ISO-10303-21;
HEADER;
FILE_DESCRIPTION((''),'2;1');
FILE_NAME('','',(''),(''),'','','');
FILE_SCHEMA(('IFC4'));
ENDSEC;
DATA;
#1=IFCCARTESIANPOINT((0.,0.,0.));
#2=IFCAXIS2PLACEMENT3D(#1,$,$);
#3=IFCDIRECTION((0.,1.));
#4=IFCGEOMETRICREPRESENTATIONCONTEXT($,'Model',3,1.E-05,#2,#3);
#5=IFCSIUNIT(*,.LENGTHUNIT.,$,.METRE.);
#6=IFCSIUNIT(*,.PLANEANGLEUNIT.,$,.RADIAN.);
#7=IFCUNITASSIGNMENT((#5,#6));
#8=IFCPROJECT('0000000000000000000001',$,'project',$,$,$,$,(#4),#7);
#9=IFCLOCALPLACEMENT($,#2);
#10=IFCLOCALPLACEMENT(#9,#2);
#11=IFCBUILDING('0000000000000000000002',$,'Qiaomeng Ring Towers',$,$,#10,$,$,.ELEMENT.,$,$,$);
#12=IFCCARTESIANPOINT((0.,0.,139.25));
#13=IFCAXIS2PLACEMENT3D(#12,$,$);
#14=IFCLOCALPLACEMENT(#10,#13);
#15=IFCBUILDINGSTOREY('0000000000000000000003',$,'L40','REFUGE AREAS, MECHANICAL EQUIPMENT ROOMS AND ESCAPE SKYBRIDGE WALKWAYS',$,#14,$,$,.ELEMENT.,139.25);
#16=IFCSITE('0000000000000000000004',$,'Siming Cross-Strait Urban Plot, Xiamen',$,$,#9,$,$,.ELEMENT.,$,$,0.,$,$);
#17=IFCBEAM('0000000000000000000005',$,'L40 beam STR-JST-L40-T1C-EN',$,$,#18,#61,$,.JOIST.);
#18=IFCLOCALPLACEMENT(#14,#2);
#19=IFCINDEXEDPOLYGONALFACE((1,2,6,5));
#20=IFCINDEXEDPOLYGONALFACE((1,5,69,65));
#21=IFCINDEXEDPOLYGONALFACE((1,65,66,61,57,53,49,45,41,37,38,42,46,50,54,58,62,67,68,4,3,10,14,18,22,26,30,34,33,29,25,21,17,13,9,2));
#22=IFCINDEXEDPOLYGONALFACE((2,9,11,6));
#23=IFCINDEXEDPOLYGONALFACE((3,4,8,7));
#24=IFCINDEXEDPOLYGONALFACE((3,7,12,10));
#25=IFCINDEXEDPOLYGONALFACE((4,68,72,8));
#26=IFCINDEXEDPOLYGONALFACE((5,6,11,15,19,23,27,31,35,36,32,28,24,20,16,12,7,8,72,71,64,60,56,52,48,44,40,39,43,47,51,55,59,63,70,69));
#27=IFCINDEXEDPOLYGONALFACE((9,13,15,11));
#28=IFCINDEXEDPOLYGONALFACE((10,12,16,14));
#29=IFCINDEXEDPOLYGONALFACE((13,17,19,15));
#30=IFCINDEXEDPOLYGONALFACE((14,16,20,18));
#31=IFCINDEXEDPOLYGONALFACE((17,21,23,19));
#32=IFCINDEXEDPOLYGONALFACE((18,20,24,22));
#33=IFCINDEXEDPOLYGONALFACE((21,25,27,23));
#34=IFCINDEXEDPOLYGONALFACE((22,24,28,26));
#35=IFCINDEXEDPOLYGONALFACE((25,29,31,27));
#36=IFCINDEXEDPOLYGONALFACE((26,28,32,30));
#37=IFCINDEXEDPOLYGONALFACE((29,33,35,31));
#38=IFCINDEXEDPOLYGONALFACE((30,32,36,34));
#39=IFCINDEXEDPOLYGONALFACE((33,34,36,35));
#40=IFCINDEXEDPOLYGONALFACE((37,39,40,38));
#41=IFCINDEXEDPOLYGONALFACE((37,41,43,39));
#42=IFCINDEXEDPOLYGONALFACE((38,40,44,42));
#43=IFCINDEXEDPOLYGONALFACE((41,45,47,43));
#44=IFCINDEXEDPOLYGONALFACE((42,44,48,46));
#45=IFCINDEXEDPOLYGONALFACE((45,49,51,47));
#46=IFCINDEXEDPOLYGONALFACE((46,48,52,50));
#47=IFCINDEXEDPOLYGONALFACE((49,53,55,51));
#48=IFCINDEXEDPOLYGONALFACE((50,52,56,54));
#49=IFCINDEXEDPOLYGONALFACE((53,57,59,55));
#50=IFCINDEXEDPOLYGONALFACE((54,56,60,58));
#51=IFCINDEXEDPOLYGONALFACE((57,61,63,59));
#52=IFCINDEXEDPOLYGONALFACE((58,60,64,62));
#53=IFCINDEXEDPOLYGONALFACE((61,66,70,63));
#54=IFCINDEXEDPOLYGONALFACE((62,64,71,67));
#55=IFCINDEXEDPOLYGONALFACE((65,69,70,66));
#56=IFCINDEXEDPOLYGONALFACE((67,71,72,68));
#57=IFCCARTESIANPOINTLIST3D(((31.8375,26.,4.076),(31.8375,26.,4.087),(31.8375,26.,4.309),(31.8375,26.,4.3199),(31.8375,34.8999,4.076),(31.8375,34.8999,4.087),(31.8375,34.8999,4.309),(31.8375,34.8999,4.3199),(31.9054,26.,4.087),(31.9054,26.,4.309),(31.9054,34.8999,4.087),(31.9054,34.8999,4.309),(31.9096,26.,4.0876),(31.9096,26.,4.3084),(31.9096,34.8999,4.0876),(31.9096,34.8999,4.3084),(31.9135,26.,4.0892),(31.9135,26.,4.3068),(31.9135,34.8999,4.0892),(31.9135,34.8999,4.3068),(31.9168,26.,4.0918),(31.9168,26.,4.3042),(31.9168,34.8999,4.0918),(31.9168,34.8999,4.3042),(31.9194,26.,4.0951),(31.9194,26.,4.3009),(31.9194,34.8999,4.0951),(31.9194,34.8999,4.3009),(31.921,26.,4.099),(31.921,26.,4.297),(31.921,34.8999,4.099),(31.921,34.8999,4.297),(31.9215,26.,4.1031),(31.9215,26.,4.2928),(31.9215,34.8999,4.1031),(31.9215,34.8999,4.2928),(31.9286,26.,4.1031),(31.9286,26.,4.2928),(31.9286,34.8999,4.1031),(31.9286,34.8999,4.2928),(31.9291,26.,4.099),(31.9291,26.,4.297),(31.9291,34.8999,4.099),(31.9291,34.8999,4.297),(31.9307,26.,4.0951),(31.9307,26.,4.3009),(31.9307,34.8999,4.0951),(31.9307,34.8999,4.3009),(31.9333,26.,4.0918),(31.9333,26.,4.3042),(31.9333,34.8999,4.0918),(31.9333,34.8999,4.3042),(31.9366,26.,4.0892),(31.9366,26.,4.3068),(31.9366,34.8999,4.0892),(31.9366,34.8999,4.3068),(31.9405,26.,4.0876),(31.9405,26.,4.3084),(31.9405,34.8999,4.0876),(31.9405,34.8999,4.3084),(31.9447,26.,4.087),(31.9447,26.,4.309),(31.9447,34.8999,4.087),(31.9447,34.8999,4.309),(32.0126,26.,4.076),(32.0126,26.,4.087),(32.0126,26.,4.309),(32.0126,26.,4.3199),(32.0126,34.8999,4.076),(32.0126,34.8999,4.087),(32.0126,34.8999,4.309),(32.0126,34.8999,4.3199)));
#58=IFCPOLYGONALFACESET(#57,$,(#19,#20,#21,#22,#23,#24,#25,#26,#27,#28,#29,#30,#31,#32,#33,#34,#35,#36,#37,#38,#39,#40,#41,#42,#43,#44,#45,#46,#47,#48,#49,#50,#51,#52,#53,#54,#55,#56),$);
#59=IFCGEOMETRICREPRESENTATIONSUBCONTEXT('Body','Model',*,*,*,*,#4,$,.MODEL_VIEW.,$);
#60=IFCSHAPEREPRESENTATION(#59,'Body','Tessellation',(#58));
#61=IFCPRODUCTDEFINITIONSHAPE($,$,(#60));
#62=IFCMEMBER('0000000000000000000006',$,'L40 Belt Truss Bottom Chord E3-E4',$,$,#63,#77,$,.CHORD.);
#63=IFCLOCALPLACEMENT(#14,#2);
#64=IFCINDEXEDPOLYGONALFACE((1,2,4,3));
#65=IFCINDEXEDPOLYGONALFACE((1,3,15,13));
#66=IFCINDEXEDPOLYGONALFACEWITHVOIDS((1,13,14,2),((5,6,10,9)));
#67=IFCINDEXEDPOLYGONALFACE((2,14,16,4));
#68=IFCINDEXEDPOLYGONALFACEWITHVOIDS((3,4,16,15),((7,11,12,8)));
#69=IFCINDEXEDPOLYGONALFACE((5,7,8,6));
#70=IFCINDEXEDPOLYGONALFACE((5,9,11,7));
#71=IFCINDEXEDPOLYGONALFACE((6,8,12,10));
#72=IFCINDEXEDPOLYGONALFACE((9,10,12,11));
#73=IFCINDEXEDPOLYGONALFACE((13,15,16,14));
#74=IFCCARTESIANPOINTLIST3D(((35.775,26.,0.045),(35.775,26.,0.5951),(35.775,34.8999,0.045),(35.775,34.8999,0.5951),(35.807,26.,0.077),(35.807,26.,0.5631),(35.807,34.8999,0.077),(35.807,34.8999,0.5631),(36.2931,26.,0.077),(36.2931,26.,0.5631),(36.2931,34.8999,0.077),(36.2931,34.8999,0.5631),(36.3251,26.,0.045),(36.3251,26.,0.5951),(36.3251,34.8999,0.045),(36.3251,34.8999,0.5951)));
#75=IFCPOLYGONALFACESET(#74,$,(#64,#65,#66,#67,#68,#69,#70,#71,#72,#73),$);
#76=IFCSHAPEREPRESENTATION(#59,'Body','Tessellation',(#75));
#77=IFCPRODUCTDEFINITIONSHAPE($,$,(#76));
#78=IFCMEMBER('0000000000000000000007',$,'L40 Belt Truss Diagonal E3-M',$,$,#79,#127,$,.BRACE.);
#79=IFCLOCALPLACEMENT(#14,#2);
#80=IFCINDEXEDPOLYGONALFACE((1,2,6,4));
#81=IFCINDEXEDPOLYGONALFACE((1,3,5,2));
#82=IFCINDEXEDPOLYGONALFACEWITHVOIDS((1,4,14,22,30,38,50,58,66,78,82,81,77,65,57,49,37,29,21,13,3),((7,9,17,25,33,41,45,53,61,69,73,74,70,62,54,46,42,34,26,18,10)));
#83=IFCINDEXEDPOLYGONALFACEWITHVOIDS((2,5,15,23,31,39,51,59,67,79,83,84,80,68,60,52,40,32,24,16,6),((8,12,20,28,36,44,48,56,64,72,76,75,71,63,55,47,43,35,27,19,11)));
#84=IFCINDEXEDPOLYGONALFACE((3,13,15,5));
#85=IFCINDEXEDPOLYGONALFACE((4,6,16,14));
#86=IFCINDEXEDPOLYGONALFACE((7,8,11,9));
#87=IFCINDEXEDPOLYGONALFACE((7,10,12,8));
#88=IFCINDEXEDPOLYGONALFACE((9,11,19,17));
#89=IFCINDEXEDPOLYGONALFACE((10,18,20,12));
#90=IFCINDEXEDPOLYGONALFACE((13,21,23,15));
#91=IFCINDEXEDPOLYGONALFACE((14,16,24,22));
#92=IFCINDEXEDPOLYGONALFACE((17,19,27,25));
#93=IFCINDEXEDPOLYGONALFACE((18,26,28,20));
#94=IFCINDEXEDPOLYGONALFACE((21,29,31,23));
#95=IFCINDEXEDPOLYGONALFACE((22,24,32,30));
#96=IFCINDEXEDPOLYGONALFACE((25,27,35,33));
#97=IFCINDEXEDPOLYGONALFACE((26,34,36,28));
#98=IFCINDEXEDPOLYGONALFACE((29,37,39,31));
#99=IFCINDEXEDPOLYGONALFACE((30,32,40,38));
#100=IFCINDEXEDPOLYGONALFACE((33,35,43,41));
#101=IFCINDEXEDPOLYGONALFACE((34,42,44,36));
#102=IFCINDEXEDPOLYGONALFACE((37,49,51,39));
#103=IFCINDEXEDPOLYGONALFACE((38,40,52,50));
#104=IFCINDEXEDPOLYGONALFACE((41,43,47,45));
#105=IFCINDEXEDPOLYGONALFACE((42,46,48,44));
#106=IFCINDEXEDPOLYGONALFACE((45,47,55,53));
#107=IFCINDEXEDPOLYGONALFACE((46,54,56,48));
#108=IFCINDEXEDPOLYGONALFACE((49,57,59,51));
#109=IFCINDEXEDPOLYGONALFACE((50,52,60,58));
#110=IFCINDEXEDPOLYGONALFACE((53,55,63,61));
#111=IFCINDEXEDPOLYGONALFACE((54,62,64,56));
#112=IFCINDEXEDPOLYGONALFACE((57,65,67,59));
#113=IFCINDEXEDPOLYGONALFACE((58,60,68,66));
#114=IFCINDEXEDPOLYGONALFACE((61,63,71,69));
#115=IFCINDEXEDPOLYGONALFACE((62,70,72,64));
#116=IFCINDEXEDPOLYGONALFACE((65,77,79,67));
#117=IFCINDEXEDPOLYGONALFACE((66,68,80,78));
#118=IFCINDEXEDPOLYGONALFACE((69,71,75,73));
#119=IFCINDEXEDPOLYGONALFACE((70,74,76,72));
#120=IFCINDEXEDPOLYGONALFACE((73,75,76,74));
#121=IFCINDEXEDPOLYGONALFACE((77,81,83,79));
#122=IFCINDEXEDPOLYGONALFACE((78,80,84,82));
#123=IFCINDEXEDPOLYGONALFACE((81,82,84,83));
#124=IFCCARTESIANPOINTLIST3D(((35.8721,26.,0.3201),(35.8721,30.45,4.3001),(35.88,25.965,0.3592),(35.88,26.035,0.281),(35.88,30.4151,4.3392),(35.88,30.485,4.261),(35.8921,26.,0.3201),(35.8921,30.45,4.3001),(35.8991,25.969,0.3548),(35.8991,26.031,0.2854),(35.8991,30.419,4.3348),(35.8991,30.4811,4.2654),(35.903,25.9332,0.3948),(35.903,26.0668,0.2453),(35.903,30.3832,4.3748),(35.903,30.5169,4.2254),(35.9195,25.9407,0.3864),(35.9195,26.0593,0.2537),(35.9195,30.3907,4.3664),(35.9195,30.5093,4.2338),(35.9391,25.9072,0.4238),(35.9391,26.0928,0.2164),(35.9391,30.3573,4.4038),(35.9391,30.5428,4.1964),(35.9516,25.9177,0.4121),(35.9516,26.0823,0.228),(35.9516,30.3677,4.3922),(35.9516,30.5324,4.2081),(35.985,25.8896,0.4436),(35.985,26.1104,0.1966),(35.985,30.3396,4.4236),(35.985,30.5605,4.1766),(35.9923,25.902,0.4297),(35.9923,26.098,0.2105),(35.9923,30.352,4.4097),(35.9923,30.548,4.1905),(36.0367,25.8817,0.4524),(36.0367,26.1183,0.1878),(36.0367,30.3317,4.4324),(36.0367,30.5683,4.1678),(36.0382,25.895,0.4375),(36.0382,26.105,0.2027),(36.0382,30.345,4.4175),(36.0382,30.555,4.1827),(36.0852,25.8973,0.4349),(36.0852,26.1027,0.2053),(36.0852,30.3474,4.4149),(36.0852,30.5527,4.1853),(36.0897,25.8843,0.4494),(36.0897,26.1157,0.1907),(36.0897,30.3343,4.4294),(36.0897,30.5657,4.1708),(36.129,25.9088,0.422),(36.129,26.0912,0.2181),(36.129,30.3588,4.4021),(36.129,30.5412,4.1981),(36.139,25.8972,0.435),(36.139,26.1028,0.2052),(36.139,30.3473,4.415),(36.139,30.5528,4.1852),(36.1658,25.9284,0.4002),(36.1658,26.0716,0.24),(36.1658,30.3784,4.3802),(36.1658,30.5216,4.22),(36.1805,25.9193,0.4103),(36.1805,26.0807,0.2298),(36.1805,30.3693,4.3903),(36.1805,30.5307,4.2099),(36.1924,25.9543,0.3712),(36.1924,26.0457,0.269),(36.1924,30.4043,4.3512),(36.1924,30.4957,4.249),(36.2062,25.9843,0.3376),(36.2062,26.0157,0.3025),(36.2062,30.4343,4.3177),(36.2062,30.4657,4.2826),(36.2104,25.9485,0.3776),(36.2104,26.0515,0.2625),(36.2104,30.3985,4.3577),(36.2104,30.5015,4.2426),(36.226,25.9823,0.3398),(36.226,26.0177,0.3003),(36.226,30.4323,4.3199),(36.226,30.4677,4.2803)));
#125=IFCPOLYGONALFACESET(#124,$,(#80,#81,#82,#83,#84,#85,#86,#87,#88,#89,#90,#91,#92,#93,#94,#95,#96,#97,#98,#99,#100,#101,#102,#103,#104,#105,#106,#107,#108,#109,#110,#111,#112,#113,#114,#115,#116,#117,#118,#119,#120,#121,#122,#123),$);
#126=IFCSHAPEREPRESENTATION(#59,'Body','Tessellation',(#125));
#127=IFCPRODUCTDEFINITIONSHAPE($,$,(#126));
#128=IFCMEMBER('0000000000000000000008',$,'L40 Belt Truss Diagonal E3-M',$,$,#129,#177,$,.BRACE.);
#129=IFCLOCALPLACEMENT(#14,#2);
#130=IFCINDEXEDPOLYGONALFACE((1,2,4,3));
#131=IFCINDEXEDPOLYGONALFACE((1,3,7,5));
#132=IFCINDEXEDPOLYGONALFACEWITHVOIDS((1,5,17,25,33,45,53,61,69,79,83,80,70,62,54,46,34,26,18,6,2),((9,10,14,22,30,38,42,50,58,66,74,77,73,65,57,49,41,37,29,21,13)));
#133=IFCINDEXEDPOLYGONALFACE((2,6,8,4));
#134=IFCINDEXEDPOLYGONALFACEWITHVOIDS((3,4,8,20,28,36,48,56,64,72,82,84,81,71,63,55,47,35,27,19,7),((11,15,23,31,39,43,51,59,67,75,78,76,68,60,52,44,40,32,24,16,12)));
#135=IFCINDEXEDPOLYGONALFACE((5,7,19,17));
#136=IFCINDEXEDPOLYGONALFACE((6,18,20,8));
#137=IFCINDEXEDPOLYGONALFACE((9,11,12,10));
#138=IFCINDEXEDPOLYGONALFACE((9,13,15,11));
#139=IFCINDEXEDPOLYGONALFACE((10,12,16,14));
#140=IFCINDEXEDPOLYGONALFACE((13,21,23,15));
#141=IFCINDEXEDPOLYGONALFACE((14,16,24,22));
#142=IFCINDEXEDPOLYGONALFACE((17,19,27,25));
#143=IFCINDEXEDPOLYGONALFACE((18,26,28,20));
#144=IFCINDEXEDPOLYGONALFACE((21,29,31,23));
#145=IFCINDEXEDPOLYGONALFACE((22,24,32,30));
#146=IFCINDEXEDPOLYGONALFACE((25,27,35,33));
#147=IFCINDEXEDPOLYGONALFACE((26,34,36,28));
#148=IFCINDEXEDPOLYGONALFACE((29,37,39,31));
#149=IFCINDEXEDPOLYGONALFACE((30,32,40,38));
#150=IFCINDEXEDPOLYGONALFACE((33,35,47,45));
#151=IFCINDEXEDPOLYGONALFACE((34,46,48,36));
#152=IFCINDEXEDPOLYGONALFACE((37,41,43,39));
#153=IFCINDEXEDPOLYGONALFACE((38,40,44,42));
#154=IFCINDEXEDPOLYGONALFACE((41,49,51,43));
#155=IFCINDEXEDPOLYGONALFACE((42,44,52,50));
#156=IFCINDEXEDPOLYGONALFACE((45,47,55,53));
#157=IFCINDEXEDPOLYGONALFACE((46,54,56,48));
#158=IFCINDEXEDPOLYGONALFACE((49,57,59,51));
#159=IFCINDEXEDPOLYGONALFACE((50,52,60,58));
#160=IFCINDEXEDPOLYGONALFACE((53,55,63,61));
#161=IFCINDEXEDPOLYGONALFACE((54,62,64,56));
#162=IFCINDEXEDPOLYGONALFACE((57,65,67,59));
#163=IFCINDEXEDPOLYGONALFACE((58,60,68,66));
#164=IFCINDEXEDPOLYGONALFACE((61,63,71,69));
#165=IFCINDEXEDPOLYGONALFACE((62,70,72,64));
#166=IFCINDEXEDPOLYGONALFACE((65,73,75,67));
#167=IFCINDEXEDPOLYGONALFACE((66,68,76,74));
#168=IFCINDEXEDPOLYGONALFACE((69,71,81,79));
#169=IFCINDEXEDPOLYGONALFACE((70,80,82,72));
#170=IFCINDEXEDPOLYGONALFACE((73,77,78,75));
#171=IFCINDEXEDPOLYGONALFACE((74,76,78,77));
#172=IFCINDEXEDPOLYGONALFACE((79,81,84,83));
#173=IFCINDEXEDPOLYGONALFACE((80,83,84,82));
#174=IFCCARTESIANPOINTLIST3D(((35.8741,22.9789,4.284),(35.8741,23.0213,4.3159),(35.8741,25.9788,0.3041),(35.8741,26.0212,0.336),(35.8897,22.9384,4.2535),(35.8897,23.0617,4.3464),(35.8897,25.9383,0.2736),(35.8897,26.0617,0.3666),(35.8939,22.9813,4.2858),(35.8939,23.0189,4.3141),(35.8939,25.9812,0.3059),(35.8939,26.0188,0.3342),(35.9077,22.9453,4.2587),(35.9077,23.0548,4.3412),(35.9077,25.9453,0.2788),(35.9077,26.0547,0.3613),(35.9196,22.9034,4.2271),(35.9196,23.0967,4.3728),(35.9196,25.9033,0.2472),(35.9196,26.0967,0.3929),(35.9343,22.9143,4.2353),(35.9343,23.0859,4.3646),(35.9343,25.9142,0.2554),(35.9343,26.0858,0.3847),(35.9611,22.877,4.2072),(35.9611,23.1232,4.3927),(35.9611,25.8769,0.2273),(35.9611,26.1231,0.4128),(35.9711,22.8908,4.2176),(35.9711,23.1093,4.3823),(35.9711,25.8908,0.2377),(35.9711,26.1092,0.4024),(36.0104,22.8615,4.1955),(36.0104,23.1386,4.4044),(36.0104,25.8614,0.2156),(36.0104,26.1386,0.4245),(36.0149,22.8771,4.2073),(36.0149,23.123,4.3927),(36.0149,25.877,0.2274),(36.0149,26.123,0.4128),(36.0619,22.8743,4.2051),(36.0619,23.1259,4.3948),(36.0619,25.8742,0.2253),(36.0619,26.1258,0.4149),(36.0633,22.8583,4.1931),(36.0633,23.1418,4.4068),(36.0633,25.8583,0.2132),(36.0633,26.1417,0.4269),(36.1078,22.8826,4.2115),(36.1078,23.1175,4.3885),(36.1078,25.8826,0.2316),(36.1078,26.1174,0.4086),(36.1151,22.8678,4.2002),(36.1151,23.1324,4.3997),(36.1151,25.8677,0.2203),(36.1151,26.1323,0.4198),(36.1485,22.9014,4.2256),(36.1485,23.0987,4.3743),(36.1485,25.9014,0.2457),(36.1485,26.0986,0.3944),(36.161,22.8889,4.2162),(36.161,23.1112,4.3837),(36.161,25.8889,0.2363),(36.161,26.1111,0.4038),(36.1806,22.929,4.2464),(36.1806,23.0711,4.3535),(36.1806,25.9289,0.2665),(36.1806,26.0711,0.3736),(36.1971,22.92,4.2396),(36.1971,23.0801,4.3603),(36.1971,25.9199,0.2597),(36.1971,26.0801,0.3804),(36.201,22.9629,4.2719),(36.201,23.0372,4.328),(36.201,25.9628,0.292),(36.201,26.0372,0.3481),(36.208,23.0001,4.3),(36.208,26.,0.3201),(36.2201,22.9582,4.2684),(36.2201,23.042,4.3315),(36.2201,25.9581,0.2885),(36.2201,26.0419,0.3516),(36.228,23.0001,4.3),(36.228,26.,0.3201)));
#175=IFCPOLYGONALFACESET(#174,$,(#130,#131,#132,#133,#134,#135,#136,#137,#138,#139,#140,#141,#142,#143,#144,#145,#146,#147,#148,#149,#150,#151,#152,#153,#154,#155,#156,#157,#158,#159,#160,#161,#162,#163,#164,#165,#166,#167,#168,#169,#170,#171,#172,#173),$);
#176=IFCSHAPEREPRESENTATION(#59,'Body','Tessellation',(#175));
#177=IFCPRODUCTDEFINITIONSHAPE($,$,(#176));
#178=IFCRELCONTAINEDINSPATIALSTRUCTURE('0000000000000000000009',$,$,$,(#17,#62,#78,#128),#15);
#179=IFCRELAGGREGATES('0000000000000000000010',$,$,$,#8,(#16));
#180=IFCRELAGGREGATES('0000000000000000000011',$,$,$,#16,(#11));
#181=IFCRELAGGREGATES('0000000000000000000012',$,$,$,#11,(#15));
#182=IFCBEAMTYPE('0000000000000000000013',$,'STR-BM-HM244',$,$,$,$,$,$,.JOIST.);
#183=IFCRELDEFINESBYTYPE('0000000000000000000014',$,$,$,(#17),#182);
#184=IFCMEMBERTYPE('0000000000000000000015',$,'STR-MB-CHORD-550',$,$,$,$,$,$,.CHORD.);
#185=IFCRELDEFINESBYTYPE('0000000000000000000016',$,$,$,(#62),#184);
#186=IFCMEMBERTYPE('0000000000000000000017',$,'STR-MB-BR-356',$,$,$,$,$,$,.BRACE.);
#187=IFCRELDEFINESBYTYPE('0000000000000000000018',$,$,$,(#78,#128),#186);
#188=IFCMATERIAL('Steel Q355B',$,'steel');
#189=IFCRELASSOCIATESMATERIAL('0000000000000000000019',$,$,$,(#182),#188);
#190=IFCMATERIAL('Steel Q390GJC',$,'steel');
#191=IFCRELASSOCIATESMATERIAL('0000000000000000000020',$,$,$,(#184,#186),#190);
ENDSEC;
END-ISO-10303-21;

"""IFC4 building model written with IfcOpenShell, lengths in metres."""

from ifc_helpers import new_model, si_unit, direction, frame, origin, origin_2d, place, context, subcontext, project, spatial, hollow_rectangle, hollow_circle, i_section, extrude, source, transform, mapped, material, material_profile, profile_set, type_object, element, save


model = new_model("IFC4")

# Units and contexts
model_context = context("Model", 3, precision=1e-05, world=origin(), true_north=direction((0.0, 1.0)))
body_context = subcontext(model_context, "Body", "Model", "MODEL_VIEW")
ifc_project = project(units=[si_unit("LENGTHUNIT", "METRE"), si_unit("PLANEANGLEUNIT", "RADIAN")], contexts=[model_context])

# Site, building, storey
site_placement = place(None, origin())
site = spatial("IfcSite", under=ifc_project, at=site_placement, Name="Siming Cross-Strait Urban Plot, Xiamen", CompositionType="ELEMENT", RefElevation=0.0)
building_placement = place(site_placement, origin())
building = spatial("IfcBuilding", under=site, at=building_placement, Name="Qiaomeng Ring Towers", CompositionType="ELEMENT")
storey_placement = place(building_placement, frame((0.0, 0.0, 139.25)))
storey = spatial("IfcBuildingStorey", under=building, at=storey_placement, Name="L40", Description="REFUGE AREAS, MECHANICAL EQUIPMENT ROOMS AND ESCAPE SKYBRIDGE WALKWAYS", CompositionType="ELEMENT", Elevation=139.25)

# Shared definitions
ifc_material_1 = material(Name="Steel Q390GJC", Category="steel")

# Beam
ifc_material_2 = material(Name="Steel Q355B", Category="steel")
ifc_material_profile_1 = material_profile(ifc_material_2, i_section(OverallWidth=0.175, OverallDepth=0.2439, WebThickness=0.0071, FlangeThickness=0.011, FilletRadius=0.0161, at=origin_2d()), Name="HM 244x175x7x11")
ifc_profile_set_1 = profile_set([ifc_material_profile_1], Name="Steel Q355B")
beam_type_1 = type_object("IfcBeamType", Name="STR-BM-HM244", PredefinedType="JOIST", material=ifc_profile_set_1)
shared_shape_1 = source(origin(), body_context, "Body", "SweptSolid", [
    extrude(i_section(OverallWidth=0.175, OverallDepth=0.2439, WebThickness=0.0071, FlangeThickness=0.011, FilletRadius=0.0161, at=origin_2d()), origin(), (0.0, 0.0, 1.0), 8.8999),
])
beam_1_placement = place(storey_placement, frame((31.925, 26.0, 4.198), z_axis=(0.0, 1.0, 0.0), x_axis=(-1.0, 0.0, 0.0)))
element("IfcBeam", 1, at=beam_1_placement, inside=storey, type_object=beam_type_1, Name="L40 beam STR-JST-L40-T1C-EN", PredefinedType="JOIST", context=body_context, shape_type="MappedRepresentation", body=[
    mapped(shared_shape_1, transform((0.0, 0.0, 0.0), x_axis=(1.0, 0.0, 0.0), y_axis=(0.0, 1.0, 0.0), z_axis=(0.0, 0.0, 1.0), scale=1.0)),
])

# Members
ifc_material_profile_2 = material_profile(ifc_material_1, hollow_rectangle(XDim=0.55, YDim=0.55, WallThickness=0.032, at=origin_2d()), Name="SHS 550x550x32")
ifc_profile_set_2 = profile_set([ifc_material_profile_2], Name="Steel Q390GJC")
member_type_1 = type_object("IfcMemberType", Name="STR-MB-CHORD-550", PredefinedType="CHORD", material=ifc_profile_set_2)
shared_shape_2 = source(origin(), body_context, "Body", "SweptSolid", [
    extrude(hollow_rectangle(XDim=0.55, YDim=0.55, WallThickness=0.032, at=origin_2d()), origin(), (0.0, 0.0, 1.0), 8.8999),
])
member_1_placement = place(storey_placement, frame((36.05, 26.0, 0.3201), z_axis=(0.0, 1.0, 0.0), x_axis=(-1.0, 0.0, 0.0)))
element("IfcMember", 2, at=member_1_placement, inside=storey, type_object=member_type_1, Name="L40 Belt Truss Bottom Chord E3-E4", PredefinedType="CHORD", context=body_context, shape_type="MappedRepresentation", body=[
    mapped(shared_shape_2, transform((0.0, 0.0, 0.0), x_axis=(1.0, 0.0, 0.0), y_axis=(0.0, 1.0, 0.0), z_axis=(0.0, 0.0, 1.0), scale=1.0)),
])
ifc_material_profile_3 = material_profile(ifc_material_1, hollow_circle(Radius=0.178, WallThickness=0.02, at=origin_2d()), Name="CHS 356x20")
ifc_profile_set_3 = profile_set([ifc_material_profile_3], Name="Steel Q390GJC")
member_type_2 = type_object("IfcMemberType", Name="STR-MB-BR-356", PredefinedType="BRACE", material=ifc_profile_set_3)
shared_shape_3 = source(origin(), body_context, "Body", "SweptSolid", [
    extrude(hollow_circle(Radius=0.178, WallThickness=0.02, at=origin_2d()), origin(), (0.0, 0.0, 1.0), 5.9702),
])
member_2_placement = place(storey_placement, frame((36.05, 26.0, 0.3201), z_axis=(0.0, 0.745371, 0.66665), x_axis=(-1.0, 0.0, 0.0)))
element("IfcMember", 3, at=member_2_placement, inside=storey, type_object=member_type_2, Name="L40 Belt Truss Diagonal E3-M", PredefinedType="BRACE", context=body_context, shape_type="MappedRepresentation", body=[
    mapped(shared_shape_3, transform((0.0, 0.0, 0.0), x_axis=(1.0, 0.0, 0.0), y_axis=(0.0, 1.0, 0.0), z_axis=(0.0, 0.0, 1.0), scale=1.0)),
])
shared_shape_4 = source(origin(), body_context, "Body", "SweptSolid", [
    extrude(hollow_circle(Radius=0.178, WallThickness=0.02, at=origin_2d()), origin(), (0.0, 0.0, 1.0), 4.9839),
])
member_3_placement = place(storey_placement, frame((36.05, 26.0, 0.3201), z_axis=(0.0, -0.601926, 0.798552), x_axis=(1.0, 0.0, 0.0)))
element("IfcMember", 4, at=member_3_placement, inside=storey, type_object=member_type_2, Name="L40 Belt Truss Diagonal E3-M", PredefinedType="BRACE", context=body_context, shape_type="MappedRepresentation", body=[
    mapped(shared_shape_4, transform((0.0, 0.0, 0.0), x_axis=(1.0, 0.0, 0.0), y_axis=(0.0, 1.0, 0.0), z_axis=(0.0, 0.0, 1.0), scale=1.0)),
])

save(model, "model.ifc")
